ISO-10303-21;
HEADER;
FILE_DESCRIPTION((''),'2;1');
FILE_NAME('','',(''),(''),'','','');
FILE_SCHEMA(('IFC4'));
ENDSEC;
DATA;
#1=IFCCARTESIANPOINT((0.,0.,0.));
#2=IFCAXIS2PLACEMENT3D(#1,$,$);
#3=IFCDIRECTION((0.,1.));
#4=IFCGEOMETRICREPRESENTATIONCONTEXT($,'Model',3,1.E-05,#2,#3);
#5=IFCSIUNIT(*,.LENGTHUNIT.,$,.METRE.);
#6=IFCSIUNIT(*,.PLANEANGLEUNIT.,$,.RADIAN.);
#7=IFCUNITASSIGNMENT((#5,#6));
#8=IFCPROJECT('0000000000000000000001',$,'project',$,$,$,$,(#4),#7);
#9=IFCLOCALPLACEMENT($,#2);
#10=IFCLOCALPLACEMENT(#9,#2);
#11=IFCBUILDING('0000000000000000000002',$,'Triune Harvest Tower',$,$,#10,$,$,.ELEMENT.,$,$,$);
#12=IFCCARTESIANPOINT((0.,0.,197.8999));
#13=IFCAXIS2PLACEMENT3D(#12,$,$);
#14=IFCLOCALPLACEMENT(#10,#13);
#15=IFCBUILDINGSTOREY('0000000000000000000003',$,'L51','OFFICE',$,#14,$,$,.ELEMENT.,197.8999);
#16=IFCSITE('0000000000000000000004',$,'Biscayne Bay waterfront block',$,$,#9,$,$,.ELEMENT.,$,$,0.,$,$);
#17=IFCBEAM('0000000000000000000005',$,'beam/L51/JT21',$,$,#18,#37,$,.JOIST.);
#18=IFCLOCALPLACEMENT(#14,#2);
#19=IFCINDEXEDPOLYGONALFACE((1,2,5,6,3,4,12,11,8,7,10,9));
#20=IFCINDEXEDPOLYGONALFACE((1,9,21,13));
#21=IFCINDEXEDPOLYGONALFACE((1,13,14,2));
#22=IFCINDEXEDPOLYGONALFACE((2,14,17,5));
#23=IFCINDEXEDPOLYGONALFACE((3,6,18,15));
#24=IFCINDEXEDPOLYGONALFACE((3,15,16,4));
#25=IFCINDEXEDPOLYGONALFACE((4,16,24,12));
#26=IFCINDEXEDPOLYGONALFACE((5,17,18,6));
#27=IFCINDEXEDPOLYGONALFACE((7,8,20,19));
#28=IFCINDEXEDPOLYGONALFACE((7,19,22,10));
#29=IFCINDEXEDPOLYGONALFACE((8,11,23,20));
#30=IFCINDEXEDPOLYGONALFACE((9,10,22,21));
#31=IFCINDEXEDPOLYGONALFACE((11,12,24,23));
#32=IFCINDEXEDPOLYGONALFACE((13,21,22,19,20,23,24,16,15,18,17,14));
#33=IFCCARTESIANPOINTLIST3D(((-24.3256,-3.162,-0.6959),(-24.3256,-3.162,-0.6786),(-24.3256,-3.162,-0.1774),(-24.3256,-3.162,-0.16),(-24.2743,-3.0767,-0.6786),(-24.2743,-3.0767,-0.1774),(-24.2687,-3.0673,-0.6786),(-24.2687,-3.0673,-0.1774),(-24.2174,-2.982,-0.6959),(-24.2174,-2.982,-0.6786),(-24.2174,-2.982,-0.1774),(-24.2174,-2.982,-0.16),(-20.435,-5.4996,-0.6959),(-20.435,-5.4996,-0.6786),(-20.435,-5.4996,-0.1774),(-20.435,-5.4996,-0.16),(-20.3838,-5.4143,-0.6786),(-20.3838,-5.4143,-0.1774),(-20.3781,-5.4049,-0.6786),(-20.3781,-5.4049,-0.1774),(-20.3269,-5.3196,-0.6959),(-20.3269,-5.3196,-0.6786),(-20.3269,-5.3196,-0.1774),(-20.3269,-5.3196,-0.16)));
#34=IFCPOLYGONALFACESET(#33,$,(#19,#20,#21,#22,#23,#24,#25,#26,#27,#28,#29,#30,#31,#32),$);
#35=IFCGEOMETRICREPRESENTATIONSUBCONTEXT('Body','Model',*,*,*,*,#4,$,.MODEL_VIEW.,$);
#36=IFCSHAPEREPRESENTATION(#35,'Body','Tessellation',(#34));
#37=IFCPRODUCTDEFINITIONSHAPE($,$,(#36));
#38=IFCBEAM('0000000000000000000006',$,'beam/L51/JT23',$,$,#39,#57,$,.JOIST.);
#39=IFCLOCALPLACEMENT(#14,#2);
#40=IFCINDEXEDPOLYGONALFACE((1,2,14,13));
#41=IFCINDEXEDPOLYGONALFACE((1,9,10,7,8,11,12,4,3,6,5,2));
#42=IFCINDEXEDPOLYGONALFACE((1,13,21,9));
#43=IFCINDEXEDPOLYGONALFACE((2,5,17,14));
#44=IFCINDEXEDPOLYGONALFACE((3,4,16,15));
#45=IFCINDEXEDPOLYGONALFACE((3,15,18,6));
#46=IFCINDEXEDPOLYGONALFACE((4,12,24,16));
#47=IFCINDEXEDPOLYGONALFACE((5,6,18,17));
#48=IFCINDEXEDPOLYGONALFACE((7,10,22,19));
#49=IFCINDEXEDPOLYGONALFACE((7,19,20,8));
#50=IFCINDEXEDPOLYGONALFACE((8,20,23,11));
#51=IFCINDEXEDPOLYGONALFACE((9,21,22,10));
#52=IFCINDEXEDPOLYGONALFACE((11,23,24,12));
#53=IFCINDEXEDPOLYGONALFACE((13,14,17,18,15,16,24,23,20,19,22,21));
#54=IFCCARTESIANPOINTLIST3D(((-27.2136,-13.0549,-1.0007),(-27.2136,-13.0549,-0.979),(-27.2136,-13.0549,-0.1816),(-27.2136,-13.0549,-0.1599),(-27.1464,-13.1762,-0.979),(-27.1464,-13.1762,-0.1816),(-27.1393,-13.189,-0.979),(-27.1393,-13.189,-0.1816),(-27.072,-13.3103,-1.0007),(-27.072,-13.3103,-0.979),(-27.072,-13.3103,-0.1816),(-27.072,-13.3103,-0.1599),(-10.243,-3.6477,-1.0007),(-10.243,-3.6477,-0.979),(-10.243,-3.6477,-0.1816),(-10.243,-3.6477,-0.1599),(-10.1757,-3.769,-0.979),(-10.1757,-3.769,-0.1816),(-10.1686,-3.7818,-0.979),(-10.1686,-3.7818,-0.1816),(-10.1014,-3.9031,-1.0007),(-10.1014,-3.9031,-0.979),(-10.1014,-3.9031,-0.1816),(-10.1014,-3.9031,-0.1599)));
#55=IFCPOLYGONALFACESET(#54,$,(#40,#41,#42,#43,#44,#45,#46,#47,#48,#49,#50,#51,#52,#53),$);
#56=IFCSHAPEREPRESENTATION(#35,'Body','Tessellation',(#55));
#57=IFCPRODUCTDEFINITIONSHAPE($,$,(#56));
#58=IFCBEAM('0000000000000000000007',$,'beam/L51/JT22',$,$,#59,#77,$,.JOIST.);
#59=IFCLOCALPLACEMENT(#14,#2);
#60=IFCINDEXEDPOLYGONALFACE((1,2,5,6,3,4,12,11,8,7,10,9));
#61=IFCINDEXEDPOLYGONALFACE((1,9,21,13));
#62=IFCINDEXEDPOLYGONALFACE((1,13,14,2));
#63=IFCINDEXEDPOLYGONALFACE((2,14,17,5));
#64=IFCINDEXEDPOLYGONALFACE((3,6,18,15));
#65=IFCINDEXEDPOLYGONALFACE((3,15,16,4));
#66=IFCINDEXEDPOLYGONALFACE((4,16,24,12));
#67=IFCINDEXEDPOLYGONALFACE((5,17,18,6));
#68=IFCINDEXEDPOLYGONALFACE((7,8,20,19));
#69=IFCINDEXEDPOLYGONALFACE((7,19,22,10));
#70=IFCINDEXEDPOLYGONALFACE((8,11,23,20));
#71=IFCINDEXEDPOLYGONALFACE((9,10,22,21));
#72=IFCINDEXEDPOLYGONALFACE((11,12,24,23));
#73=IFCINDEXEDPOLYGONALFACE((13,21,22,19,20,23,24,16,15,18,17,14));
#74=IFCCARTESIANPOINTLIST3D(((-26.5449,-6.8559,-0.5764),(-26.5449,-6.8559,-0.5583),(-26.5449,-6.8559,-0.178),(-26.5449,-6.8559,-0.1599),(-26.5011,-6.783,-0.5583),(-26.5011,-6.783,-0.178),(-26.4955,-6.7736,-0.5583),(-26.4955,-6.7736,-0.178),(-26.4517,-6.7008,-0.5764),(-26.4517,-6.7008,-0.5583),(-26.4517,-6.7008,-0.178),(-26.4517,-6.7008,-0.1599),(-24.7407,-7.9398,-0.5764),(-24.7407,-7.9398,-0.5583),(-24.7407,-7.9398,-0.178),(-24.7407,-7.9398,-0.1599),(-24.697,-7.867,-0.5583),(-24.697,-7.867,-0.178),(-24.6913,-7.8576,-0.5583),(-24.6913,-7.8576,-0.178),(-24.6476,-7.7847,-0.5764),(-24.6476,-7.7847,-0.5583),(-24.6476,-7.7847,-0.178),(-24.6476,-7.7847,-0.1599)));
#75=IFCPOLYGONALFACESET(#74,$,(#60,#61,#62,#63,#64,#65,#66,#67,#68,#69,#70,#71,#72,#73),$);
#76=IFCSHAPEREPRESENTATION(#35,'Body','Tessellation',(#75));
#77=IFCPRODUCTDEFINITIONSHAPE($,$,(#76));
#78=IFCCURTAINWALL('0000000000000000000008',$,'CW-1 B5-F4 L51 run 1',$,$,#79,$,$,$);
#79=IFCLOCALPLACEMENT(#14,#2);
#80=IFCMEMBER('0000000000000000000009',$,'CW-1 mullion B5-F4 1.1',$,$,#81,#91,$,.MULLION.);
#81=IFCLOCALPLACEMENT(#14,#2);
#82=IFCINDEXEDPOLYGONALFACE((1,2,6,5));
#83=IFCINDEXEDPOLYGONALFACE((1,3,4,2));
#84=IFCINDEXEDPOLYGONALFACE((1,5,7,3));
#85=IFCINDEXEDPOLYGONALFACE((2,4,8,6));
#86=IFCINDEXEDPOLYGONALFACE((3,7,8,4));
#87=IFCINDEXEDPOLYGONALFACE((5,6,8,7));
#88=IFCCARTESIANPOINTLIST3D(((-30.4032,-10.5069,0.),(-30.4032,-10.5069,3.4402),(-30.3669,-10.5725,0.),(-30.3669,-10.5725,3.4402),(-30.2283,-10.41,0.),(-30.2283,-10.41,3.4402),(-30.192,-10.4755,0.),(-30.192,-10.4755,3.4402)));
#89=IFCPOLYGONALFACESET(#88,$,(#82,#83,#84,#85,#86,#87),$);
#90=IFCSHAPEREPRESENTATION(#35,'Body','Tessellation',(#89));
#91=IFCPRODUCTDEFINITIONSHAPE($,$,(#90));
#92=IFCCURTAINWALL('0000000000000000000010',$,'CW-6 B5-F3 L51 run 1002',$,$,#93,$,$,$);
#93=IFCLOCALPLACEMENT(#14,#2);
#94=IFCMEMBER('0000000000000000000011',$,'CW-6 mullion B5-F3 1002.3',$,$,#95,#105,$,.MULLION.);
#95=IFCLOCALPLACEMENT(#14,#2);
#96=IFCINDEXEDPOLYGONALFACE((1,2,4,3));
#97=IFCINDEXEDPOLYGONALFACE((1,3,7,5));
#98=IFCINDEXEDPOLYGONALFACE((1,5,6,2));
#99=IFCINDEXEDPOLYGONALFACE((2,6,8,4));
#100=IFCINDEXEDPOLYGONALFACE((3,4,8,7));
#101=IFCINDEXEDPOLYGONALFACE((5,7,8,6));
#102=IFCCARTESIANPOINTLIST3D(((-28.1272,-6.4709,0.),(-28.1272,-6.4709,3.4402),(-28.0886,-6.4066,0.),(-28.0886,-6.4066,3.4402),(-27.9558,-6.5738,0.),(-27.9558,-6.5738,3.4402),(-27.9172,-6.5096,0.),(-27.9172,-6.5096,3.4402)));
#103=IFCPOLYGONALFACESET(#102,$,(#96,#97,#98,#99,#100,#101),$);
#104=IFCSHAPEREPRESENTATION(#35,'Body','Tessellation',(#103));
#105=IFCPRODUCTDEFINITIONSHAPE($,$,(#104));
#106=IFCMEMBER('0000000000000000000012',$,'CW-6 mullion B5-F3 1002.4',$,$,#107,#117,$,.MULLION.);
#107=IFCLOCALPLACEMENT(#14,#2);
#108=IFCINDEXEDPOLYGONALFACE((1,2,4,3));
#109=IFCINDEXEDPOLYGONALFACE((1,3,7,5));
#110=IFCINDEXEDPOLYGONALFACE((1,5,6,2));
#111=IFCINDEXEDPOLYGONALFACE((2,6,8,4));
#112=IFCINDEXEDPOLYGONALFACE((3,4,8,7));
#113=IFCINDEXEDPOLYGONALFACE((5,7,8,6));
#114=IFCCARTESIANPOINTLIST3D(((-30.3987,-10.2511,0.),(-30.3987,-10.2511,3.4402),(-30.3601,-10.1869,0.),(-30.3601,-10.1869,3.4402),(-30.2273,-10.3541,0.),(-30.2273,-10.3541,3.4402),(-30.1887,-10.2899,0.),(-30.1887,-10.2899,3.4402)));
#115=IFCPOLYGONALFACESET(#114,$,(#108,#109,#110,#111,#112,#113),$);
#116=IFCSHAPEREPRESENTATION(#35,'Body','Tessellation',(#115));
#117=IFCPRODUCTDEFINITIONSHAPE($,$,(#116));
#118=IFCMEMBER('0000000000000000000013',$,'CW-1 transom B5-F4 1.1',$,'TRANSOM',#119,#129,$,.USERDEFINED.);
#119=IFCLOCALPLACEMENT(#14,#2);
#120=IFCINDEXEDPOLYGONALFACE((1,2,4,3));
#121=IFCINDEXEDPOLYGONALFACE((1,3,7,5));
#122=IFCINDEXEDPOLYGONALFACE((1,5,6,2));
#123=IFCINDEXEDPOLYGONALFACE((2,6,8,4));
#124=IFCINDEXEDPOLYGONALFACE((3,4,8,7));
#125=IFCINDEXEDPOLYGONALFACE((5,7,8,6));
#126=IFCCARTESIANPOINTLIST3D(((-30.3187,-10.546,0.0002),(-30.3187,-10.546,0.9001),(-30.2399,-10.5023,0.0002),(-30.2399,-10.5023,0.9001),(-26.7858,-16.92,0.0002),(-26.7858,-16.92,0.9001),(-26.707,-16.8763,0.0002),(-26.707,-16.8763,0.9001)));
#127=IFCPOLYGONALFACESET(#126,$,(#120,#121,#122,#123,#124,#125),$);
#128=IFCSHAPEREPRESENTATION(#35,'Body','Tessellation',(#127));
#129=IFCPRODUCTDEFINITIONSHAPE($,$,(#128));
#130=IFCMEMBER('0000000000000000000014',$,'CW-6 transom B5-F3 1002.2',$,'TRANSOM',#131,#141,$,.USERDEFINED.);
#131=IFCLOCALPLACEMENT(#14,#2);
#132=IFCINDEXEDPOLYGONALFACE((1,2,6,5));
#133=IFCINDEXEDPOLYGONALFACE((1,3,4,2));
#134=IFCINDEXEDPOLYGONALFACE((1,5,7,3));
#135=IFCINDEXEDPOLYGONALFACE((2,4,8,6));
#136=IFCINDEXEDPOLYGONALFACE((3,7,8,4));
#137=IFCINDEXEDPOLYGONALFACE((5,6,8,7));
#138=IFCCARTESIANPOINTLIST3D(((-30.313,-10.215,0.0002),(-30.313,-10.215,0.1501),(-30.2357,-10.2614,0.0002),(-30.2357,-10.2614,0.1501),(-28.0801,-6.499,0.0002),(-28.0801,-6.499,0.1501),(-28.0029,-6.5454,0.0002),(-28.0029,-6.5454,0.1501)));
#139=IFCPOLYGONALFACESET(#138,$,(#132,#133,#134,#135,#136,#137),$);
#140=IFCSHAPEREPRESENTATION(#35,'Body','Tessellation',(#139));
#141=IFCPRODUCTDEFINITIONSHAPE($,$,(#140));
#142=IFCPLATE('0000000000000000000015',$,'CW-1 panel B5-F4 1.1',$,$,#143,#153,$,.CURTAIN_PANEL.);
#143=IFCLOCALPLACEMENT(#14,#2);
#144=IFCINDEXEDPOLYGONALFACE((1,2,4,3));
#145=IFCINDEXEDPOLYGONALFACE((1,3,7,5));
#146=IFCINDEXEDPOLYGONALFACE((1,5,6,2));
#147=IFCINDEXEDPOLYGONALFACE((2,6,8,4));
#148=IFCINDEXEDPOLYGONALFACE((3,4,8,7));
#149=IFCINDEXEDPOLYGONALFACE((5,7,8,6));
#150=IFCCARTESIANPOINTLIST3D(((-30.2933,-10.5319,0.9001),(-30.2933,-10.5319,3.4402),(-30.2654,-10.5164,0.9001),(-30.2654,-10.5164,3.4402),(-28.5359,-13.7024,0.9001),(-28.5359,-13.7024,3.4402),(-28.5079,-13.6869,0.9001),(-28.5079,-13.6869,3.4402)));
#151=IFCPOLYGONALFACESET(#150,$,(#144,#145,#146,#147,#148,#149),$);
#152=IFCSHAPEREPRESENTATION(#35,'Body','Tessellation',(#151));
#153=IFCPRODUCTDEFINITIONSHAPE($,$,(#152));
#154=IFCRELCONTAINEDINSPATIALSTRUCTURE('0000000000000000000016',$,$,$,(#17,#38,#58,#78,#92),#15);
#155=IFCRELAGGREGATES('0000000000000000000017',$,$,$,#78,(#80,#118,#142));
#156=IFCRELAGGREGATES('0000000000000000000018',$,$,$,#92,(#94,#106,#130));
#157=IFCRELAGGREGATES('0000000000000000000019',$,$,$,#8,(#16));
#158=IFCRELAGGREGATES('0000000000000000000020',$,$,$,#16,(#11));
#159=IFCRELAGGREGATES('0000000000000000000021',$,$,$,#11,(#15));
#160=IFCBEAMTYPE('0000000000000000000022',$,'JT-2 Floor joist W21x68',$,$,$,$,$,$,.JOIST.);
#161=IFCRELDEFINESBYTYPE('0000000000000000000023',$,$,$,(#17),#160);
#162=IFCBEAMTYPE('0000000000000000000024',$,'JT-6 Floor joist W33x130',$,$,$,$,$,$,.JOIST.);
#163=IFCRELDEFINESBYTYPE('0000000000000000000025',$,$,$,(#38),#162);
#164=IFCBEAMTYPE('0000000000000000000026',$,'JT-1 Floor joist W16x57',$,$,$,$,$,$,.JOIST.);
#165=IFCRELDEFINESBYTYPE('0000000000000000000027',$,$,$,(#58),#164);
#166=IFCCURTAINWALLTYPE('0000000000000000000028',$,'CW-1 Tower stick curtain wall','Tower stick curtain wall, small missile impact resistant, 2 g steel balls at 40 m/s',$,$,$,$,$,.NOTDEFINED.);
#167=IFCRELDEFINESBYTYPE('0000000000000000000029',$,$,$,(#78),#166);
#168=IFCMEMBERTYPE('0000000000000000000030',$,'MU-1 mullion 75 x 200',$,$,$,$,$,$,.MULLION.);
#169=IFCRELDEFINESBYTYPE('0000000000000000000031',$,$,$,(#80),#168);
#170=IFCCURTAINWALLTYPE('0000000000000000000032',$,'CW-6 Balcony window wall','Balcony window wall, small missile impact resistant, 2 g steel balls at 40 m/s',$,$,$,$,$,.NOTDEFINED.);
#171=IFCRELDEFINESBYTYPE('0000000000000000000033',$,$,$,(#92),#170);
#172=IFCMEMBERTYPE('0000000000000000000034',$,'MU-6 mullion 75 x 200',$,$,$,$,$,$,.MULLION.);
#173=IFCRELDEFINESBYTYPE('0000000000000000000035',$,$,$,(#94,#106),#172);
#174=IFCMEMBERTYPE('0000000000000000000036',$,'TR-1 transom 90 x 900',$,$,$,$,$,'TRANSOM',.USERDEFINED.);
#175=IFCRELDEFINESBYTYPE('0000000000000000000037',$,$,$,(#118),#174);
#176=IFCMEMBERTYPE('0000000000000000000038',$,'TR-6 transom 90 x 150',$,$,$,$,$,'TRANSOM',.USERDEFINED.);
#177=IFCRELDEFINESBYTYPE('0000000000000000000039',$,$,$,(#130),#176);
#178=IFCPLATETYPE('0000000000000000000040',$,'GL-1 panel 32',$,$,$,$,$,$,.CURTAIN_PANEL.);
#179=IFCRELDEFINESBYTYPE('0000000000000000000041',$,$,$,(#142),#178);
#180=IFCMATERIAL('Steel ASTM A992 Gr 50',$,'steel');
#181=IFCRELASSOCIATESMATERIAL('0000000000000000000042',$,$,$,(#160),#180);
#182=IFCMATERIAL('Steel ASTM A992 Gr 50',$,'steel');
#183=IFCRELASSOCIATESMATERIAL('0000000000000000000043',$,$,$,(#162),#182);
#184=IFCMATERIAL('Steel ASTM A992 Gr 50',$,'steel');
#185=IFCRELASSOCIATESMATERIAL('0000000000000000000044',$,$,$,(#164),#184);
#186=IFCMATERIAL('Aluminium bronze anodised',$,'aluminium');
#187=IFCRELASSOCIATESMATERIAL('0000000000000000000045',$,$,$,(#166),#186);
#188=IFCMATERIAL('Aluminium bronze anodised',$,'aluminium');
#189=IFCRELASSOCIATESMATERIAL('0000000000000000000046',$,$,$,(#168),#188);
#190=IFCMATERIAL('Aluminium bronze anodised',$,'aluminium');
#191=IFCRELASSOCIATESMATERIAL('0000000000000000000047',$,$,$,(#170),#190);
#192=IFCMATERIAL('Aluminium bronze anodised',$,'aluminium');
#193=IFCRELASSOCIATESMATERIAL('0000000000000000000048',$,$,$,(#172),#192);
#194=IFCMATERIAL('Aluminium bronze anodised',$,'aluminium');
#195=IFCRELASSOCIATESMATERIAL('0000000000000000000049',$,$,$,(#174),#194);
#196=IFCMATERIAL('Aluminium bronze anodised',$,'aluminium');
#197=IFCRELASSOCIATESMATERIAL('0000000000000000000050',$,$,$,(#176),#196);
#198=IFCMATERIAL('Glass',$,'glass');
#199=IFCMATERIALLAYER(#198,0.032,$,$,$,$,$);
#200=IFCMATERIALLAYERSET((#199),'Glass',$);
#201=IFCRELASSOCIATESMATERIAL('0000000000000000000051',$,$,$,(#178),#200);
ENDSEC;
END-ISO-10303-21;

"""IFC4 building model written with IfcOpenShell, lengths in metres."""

from ifc_helpers import new_model, si_unit, direction, frame, origin, origin_2d, place, context, subcontext, project, spatial, rectangle, i_section, extrude, source, transform, mapped, material, layer, layer_set, material_profile, profile_set, type_object, element, aggregate, save


model = new_model("IFC4")

# Units and contexts
model_context = context("Model", 3, precision=1e-05, world=origin(), true_north=direction((0.0, 1.0)))
body_context = subcontext(model_context, "Body", "Model", "MODEL_VIEW")
ifc_project = project(units=[si_unit("LENGTHUNIT", "METRE"), si_unit("PLANEANGLEUNIT", "RADIAN")], contexts=[model_context])

# Site, building, storey
site_placement = place(None, origin())
site = spatial("IfcSite", under=ifc_project, at=site_placement, Name="Biscayne Bay waterfront block", CompositionType="ELEMENT", RefElevation=0.0)
building_placement = place(site_placement, origin())
building = spatial("IfcBuilding", under=site, at=building_placement, Name="Triune Harvest Tower", CompositionType="ELEMENT")
storey_placement = place(building_placement, frame((0.0, 0.0, 197.8999)))
storey = spatial("IfcBuildingStorey", under=building, at=storey_placement, Name="L51", Description="OFFICE", CompositionType="ELEMENT", Elevation=197.8999)

# Beams
ifc_material_1 = material(Name="Steel ASTM A992 Gr 50", Category="steel")
ifc_material_profile_1 = material_profile(ifc_material_1, i_section(OverallWidth=0.21, OverallDepth=0.5359, WebThickness=0.011, FlangeThickness=0.0173, at=origin_2d()), Name="W21x68")
ifc_profile_set_1 = profile_set([ifc_material_profile_1], Name="Steel ASTM A992 Gr 50")
beam_type_1 = type_object("IfcBeamType", Name="JT-2 Floor joist W21x68", PredefinedType="JOIST", material=ifc_profile_set_1)
shared_shape_1 = source(origin(), body_context, "Body", "SweptSolid", [
    extrude(i_section(OverallWidth=0.21, OverallDepth=0.5359, WebThickness=0.011, FlangeThickness=0.0173, at=origin_2d()), origin(), (0.0, 0.0, 1.0), 4.5388),
])
beam_1_placement = place(storey_placement, frame((-24.2715, -3.072, -0.428), z_axis=(0.857175, -0.515026, 0.0), x_axis=(0.515026, 0.857175, 0.0)))
element("IfcBeam", 1, at=beam_1_placement, inside=storey, type_object=beam_type_1, Name="beam/L51/JT21", PredefinedType="JOIST", context=body_context, shape_type="MappedRepresentation", body=[
    mapped(shared_shape_1, transform((0.0, 0.0, 0.0), scale=1.0)),
])
ifc_material_2 = material(Name="Steel ASTM A992 Gr 50", Category="steel")
ifc_material_profile_2 = material_profile(ifc_material_2, i_section(OverallWidth=0.292, OverallDepth=0.8408, WebThickness=0.0146, FlangeThickness=0.0217, at=origin_2d()), Name="W33x130")
ifc_profile_set_2 = profile_set([ifc_material_profile_2], Name="Steel ASTM A992 Gr 50")
beam_type_2 = type_object("IfcBeamType", Name="JT-6 Floor joist W33x130", PredefinedType="JOIST", material=ifc_profile_set_2)
shared_shape_2 = source(origin(), body_context, "Body", "SweptSolid", [
    extrude(i_section(OverallWidth=0.292, OverallDepth=0.8408, WebThickness=0.0146, FlangeThickness=0.0217, at=origin_2d()), origin(), (0.0, 0.0, 1.0), 19.4036),
])
beam_2_placement = place(storey_placement, frame((-27.1428, -13.1826, -0.5803), z_axis=(0.874615, 0.484818, 0.0), x_axis=(-0.484818, 0.874615, 0.0)))
element("IfcBeam", 2, at=beam_2_placement, inside=storey, type_object=beam_type_2, Name="beam/L51/JT23", PredefinedType="JOIST", context=body_context, shape_type="MappedRepresentation", body=[
    mapped(shared_shape_2, transform((0.0, 0.0, 0.0), scale=1.0)),
])
ifc_material_3 = material(Name="Steel ASTM A992 Gr 50", Category="steel")
ifc_material_profile_3 = material_profile(ifc_material_3, i_section(OverallWidth=0.1809, OverallDepth=0.4165, WebThickness=0.011, FlangeThickness=0.0181, at=origin_2d()), Name="W16x57")
ifc_profile_set_3 = profile_set([ifc_material_profile_3], Name="Steel ASTM A992 Gr 50")
beam_type_3 = type_object("IfcBeamType", Name="JT-1 Floor joist W16x57", PredefinedType="JOIST", material=ifc_profile_set_3)
shared_shape_3 = source(origin(), body_context, "Body", "SweptSolid", [
    extrude(i_section(OverallWidth=0.1809, OverallDepth=0.4165, WebThickness=0.011, FlangeThickness=0.0181, at=origin_2d()), origin(), (0.0, 0.0, 1.0), 2.1047),
])
beam_3_placement = place(storey_placement, frame((-26.4983, -6.7783, -0.3682), z_axis=(0.857186, -0.515007, 0.0), x_axis=(0.515007, 0.857186, 0.0)))
element("IfcBeam", 3, at=beam_3_placement, inside=storey, type_object=beam_type_3, Name="beam/L51/JT22", PredefinedType="JOIST", context=body_context, shape_type="MappedRepresentation", body=[
    mapped(shared_shape_3, transform((0.0, 0.0, 0.0), scale=1.0)),
])

# Curtain wall, member
ifc_material_4 = material(Name="Aluminium bronze anodised", Category="aluminium")
curtain_wall_type_1 = type_object("IfcCurtainWallType", Name="CW-1 Tower stick curtain wall", Description="Tower stick curtain wall, small missile impact resistant, 2 g steel balls at 40 m/s", PredefinedType="NOTDEFINED", material=ifc_material_4)
curtain_wall_1_placement = place(storey_placement, origin())
curtain_wall_1 = element("IfcCurtainWall", 4, at=curtain_wall_1_placement, inside=storey, type_object=curtain_wall_type_1, Name="CW-1 B5-F4 L51 run 1")
ifc_material_5 = material(Name="Aluminium bronze anodised", Category="aluminium")
ifc_material_profile_4 = material_profile(ifc_material_5, rectangle(XDim=0.2, YDim=0.075, at=origin_2d()), Name="MU-1 mullion 75 x 200")
ifc_profile_set_4 = profile_set([ifc_material_profile_4], Name="Aluminium bronze anodised")
member_type_1 = type_object("IfcMemberType", Name="MU-1 mullion 75 x 200", PredefinedType="MULLION", material=ifc_profile_set_4)
shared_shape_4 = source(origin(), body_context, "Body", "SweptSolid", [
    extrude(rectangle(XDim=0.2, YDim=0.075, at=origin_2d()), origin(), (0.0, 0.0, 1.0), 3.4402),
])
member_1_placement = place(storey_placement, frame((-30.2976, -10.4912, 0.0), z_axis=(0.0, 0.0, 1.0), x_axis=(0.874624, 0.484802, 0.0)))
member_1 = element("IfcMember", 5, at=member_1_placement, type_object=member_type_1, Name="CW-1 mullion B5-F4 1.1", PredefinedType="MULLION", context=body_context, shape_type="MappedRepresentation", body=[
    mapped(shared_shape_4, transform((0.0, 0.0, 0.0), scale=1.0)),
])

# Curtain wall, members
ifc_material_6 = material(Name="Aluminium bronze anodised", Category="aluminium")
curtain_wall_type_2 = type_object("IfcCurtainWallType", Name="CW-6 Balcony window wall", Description="Balcony window wall, small missile impact resistant, 2 g steel balls at 40 m/s", PredefinedType="NOTDEFINED", material=ifc_material_6)
curtain_wall_2_placement = place(storey_placement, origin())
curtain_wall_2 = element("IfcCurtainWall", 6, at=curtain_wall_2_placement, inside=storey, type_object=curtain_wall_type_2, Name="CW-6 B5-F3 L51 run 1002")
ifc_material_7 = material(Name="Aluminium bronze anodised", Category="aluminium")
ifc_material_profile_5 = material_profile(ifc_material_7, rectangle(XDim=0.2, YDim=0.075, at=origin_2d()), Name="MU-6 mullion 75 x 200")
ifc_profile_set_5 = profile_set([ifc_material_profile_5], Name="Aluminium bronze anodised")
member_type_2 = type_object("IfcMemberType", Name="MU-6 mullion 75 x 200", PredefinedType="MULLION", material=ifc_profile_set_5)
shared_shape_5 = source(origin(), body_context, "Body", "SweptSolid", [
    extrude(rectangle(XDim=0.2, YDim=0.075, at=origin_2d()), origin(), (0.0, 0.0, 1.0), 3.4402),
])
member_2_placement = place(storey_placement, frame((-28.0222, -6.4902, 0.0), z_axis=(0.0, 0.0, 1.0), x_axis=(0.85717, -0.515034, 0.0)))
member_2 = element("IfcMember", 7, at=member_2_placement, type_object=member_type_2, Name="CW-6 mullion B5-F3 1002.3", PredefinedType="MULLION", context=body_context, shape_type="MappedRepresentation", body=[
    mapped(shared_shape_5, transform((0.0, 0.0, 0.0), scale=1.0)),
])
member_3_placement = place(storey_placement, frame((-30.2937, -10.2705, 0.0), z_axis=(0.0, 0.0, 1.0), x_axis=(0.85717, -0.515034, 0.0)))
member_3 = element("IfcMember", 8, at=member_3_placement, type_object=member_type_2, Name="CW-6 mullion B5-F3 1002.4", PredefinedType="MULLION", context=body_context, shape_type="MappedRepresentation", body=[
    mapped(shared_shape_5, transform((0.0, 0.0, 0.0), scale=1.0)),
])

# Members
ifc_material_8 = material(Name="Aluminium bronze anodised", Category="aluminium")
ifc_material_profile_6 = material_profile(ifc_material_8, rectangle(XDim=0.0901, YDim=0.8999, at=origin_2d()), Name="TR-1 transom 90 x 900")
ifc_profile_set_6 = profile_set([ifc_material_profile_6], Name="Aluminium bronze anodised")
member_type_3 = type_object("IfcMemberType", Name="TR-1 transom 90 x 900", ElementType="TRANSOM", PredefinedType="USERDEFINED", material=ifc_profile_set_6)
shared_shape_6 = source(origin(), body_context, "Body", "SweptSolid", [
    extrude(rectangle(XDim=0.0901, YDim=0.8999, at=origin_2d()), origin(), (0.0, 0.0, 1.0), 7.2876),
])
member_4_placement = place(storey_placement, frame((-30.2793, -10.5242, 0.4502), z_axis=(0.484787, -0.874633, 0.0), x_axis=(0.874633, 0.484787, 0.0)))
member_4 = element("IfcMember", 9, at=member_4_placement, type_object=member_type_3, Name="CW-1 transom B5-F4 1.1", ObjectType="TRANSOM", PredefinedType="USERDEFINED", context=body_context, shape_type="MappedRepresentation", body=[
    mapped(shared_shape_6, transform((0.0, 0.0, 0.0), scale=1.0)),
])
ifc_material_9 = material(Name="Aluminium bronze anodised", Category="aluminium")
ifc_material_profile_7 = material_profile(ifc_material_9, rectangle(XDim=0.0901, YDim=0.1499, at=origin_2d()), Name="TR-6 transom 90 x 150")
ifc_profile_set_7 = profile_set([ifc_material_profile_7], Name="Aluminium bronze anodised")
member_type_4 = type_object("IfcMemberType", Name="TR-6 transom 90 x 150", ElementType="TRANSOM", PredefinedType="USERDEFINED", material=ifc_profile_set_7)
shared_shape_7 = source(origin(), body_context, "Body", "SweptSolid", [
    extrude(rectangle(XDim=0.0901, YDim=0.1499, at=origin_2d()), origin(), (0.0, 0.0, 1.0), 4.3352),
])
member_5_placement = place(storey_placement, frame((-28.0415, -6.5222, 0.0752), z_axis=(-0.515051, -0.85716, 0.0), x_axis=(0.85716, -0.515051, 0.0)))
member_5 = element("IfcMember", 10, at=member_5_placement, type_object=member_type_4, Name="CW-6 transom B5-F3 1002.2", ObjectType="TRANSOM", PredefinedType="USERDEFINED", context=body_context, shape_type="MappedRepresentation", body=[
    mapped(shared_shape_7, transform((0.0, 0.0, 0.0), scale=1.0)),
])

# Plate
ifc_material_10 = material(Name="Glass", Category="glass")
ifc_layer_1 = layer(ifc_material_10, 0.032)
ifc_layer_set_1 = layer_set([ifc_layer_1], Name="Glass")
plate_type_1 = type_object("IfcPlateType", Name="GL-1 panel 32", PredefinedType="CURTAIN_PANEL", material=ifc_layer_set_1)
shared_shape_8 = source(origin(), body_context, "Body", "SweptSolid", [
    extrude(rectangle(XDim=3.625, YDim=0.032, at=origin_2d()), origin(), (0.0, 0.0, 1.0), 2.54),
])
plate_1_placement = place(storey_placement, frame((-29.4006, -12.1094, 0.9001), z_axis=(0.0, 0.0, 1.0), x_axis=(0.484802, -0.874624, 0.0)))
plate_1 = element("IfcPlate", 11, at=plate_1_placement, type_object=plate_type_1, Name="CW-1 panel B5-F4 1.1", PredefinedType="CURTAIN_PANEL", context=body_context, shape_type="MappedRepresentation", body=[
    mapped(shared_shape_8, transform((0.0, 0.0, 0.0), scale=1.0)),
])
aggregate(curtain_wall_1, [member_1, member_4, plate_1])
aggregate(curtain_wall_2, [member_2, member_3, member_5])

save(model, "model.ifc")
